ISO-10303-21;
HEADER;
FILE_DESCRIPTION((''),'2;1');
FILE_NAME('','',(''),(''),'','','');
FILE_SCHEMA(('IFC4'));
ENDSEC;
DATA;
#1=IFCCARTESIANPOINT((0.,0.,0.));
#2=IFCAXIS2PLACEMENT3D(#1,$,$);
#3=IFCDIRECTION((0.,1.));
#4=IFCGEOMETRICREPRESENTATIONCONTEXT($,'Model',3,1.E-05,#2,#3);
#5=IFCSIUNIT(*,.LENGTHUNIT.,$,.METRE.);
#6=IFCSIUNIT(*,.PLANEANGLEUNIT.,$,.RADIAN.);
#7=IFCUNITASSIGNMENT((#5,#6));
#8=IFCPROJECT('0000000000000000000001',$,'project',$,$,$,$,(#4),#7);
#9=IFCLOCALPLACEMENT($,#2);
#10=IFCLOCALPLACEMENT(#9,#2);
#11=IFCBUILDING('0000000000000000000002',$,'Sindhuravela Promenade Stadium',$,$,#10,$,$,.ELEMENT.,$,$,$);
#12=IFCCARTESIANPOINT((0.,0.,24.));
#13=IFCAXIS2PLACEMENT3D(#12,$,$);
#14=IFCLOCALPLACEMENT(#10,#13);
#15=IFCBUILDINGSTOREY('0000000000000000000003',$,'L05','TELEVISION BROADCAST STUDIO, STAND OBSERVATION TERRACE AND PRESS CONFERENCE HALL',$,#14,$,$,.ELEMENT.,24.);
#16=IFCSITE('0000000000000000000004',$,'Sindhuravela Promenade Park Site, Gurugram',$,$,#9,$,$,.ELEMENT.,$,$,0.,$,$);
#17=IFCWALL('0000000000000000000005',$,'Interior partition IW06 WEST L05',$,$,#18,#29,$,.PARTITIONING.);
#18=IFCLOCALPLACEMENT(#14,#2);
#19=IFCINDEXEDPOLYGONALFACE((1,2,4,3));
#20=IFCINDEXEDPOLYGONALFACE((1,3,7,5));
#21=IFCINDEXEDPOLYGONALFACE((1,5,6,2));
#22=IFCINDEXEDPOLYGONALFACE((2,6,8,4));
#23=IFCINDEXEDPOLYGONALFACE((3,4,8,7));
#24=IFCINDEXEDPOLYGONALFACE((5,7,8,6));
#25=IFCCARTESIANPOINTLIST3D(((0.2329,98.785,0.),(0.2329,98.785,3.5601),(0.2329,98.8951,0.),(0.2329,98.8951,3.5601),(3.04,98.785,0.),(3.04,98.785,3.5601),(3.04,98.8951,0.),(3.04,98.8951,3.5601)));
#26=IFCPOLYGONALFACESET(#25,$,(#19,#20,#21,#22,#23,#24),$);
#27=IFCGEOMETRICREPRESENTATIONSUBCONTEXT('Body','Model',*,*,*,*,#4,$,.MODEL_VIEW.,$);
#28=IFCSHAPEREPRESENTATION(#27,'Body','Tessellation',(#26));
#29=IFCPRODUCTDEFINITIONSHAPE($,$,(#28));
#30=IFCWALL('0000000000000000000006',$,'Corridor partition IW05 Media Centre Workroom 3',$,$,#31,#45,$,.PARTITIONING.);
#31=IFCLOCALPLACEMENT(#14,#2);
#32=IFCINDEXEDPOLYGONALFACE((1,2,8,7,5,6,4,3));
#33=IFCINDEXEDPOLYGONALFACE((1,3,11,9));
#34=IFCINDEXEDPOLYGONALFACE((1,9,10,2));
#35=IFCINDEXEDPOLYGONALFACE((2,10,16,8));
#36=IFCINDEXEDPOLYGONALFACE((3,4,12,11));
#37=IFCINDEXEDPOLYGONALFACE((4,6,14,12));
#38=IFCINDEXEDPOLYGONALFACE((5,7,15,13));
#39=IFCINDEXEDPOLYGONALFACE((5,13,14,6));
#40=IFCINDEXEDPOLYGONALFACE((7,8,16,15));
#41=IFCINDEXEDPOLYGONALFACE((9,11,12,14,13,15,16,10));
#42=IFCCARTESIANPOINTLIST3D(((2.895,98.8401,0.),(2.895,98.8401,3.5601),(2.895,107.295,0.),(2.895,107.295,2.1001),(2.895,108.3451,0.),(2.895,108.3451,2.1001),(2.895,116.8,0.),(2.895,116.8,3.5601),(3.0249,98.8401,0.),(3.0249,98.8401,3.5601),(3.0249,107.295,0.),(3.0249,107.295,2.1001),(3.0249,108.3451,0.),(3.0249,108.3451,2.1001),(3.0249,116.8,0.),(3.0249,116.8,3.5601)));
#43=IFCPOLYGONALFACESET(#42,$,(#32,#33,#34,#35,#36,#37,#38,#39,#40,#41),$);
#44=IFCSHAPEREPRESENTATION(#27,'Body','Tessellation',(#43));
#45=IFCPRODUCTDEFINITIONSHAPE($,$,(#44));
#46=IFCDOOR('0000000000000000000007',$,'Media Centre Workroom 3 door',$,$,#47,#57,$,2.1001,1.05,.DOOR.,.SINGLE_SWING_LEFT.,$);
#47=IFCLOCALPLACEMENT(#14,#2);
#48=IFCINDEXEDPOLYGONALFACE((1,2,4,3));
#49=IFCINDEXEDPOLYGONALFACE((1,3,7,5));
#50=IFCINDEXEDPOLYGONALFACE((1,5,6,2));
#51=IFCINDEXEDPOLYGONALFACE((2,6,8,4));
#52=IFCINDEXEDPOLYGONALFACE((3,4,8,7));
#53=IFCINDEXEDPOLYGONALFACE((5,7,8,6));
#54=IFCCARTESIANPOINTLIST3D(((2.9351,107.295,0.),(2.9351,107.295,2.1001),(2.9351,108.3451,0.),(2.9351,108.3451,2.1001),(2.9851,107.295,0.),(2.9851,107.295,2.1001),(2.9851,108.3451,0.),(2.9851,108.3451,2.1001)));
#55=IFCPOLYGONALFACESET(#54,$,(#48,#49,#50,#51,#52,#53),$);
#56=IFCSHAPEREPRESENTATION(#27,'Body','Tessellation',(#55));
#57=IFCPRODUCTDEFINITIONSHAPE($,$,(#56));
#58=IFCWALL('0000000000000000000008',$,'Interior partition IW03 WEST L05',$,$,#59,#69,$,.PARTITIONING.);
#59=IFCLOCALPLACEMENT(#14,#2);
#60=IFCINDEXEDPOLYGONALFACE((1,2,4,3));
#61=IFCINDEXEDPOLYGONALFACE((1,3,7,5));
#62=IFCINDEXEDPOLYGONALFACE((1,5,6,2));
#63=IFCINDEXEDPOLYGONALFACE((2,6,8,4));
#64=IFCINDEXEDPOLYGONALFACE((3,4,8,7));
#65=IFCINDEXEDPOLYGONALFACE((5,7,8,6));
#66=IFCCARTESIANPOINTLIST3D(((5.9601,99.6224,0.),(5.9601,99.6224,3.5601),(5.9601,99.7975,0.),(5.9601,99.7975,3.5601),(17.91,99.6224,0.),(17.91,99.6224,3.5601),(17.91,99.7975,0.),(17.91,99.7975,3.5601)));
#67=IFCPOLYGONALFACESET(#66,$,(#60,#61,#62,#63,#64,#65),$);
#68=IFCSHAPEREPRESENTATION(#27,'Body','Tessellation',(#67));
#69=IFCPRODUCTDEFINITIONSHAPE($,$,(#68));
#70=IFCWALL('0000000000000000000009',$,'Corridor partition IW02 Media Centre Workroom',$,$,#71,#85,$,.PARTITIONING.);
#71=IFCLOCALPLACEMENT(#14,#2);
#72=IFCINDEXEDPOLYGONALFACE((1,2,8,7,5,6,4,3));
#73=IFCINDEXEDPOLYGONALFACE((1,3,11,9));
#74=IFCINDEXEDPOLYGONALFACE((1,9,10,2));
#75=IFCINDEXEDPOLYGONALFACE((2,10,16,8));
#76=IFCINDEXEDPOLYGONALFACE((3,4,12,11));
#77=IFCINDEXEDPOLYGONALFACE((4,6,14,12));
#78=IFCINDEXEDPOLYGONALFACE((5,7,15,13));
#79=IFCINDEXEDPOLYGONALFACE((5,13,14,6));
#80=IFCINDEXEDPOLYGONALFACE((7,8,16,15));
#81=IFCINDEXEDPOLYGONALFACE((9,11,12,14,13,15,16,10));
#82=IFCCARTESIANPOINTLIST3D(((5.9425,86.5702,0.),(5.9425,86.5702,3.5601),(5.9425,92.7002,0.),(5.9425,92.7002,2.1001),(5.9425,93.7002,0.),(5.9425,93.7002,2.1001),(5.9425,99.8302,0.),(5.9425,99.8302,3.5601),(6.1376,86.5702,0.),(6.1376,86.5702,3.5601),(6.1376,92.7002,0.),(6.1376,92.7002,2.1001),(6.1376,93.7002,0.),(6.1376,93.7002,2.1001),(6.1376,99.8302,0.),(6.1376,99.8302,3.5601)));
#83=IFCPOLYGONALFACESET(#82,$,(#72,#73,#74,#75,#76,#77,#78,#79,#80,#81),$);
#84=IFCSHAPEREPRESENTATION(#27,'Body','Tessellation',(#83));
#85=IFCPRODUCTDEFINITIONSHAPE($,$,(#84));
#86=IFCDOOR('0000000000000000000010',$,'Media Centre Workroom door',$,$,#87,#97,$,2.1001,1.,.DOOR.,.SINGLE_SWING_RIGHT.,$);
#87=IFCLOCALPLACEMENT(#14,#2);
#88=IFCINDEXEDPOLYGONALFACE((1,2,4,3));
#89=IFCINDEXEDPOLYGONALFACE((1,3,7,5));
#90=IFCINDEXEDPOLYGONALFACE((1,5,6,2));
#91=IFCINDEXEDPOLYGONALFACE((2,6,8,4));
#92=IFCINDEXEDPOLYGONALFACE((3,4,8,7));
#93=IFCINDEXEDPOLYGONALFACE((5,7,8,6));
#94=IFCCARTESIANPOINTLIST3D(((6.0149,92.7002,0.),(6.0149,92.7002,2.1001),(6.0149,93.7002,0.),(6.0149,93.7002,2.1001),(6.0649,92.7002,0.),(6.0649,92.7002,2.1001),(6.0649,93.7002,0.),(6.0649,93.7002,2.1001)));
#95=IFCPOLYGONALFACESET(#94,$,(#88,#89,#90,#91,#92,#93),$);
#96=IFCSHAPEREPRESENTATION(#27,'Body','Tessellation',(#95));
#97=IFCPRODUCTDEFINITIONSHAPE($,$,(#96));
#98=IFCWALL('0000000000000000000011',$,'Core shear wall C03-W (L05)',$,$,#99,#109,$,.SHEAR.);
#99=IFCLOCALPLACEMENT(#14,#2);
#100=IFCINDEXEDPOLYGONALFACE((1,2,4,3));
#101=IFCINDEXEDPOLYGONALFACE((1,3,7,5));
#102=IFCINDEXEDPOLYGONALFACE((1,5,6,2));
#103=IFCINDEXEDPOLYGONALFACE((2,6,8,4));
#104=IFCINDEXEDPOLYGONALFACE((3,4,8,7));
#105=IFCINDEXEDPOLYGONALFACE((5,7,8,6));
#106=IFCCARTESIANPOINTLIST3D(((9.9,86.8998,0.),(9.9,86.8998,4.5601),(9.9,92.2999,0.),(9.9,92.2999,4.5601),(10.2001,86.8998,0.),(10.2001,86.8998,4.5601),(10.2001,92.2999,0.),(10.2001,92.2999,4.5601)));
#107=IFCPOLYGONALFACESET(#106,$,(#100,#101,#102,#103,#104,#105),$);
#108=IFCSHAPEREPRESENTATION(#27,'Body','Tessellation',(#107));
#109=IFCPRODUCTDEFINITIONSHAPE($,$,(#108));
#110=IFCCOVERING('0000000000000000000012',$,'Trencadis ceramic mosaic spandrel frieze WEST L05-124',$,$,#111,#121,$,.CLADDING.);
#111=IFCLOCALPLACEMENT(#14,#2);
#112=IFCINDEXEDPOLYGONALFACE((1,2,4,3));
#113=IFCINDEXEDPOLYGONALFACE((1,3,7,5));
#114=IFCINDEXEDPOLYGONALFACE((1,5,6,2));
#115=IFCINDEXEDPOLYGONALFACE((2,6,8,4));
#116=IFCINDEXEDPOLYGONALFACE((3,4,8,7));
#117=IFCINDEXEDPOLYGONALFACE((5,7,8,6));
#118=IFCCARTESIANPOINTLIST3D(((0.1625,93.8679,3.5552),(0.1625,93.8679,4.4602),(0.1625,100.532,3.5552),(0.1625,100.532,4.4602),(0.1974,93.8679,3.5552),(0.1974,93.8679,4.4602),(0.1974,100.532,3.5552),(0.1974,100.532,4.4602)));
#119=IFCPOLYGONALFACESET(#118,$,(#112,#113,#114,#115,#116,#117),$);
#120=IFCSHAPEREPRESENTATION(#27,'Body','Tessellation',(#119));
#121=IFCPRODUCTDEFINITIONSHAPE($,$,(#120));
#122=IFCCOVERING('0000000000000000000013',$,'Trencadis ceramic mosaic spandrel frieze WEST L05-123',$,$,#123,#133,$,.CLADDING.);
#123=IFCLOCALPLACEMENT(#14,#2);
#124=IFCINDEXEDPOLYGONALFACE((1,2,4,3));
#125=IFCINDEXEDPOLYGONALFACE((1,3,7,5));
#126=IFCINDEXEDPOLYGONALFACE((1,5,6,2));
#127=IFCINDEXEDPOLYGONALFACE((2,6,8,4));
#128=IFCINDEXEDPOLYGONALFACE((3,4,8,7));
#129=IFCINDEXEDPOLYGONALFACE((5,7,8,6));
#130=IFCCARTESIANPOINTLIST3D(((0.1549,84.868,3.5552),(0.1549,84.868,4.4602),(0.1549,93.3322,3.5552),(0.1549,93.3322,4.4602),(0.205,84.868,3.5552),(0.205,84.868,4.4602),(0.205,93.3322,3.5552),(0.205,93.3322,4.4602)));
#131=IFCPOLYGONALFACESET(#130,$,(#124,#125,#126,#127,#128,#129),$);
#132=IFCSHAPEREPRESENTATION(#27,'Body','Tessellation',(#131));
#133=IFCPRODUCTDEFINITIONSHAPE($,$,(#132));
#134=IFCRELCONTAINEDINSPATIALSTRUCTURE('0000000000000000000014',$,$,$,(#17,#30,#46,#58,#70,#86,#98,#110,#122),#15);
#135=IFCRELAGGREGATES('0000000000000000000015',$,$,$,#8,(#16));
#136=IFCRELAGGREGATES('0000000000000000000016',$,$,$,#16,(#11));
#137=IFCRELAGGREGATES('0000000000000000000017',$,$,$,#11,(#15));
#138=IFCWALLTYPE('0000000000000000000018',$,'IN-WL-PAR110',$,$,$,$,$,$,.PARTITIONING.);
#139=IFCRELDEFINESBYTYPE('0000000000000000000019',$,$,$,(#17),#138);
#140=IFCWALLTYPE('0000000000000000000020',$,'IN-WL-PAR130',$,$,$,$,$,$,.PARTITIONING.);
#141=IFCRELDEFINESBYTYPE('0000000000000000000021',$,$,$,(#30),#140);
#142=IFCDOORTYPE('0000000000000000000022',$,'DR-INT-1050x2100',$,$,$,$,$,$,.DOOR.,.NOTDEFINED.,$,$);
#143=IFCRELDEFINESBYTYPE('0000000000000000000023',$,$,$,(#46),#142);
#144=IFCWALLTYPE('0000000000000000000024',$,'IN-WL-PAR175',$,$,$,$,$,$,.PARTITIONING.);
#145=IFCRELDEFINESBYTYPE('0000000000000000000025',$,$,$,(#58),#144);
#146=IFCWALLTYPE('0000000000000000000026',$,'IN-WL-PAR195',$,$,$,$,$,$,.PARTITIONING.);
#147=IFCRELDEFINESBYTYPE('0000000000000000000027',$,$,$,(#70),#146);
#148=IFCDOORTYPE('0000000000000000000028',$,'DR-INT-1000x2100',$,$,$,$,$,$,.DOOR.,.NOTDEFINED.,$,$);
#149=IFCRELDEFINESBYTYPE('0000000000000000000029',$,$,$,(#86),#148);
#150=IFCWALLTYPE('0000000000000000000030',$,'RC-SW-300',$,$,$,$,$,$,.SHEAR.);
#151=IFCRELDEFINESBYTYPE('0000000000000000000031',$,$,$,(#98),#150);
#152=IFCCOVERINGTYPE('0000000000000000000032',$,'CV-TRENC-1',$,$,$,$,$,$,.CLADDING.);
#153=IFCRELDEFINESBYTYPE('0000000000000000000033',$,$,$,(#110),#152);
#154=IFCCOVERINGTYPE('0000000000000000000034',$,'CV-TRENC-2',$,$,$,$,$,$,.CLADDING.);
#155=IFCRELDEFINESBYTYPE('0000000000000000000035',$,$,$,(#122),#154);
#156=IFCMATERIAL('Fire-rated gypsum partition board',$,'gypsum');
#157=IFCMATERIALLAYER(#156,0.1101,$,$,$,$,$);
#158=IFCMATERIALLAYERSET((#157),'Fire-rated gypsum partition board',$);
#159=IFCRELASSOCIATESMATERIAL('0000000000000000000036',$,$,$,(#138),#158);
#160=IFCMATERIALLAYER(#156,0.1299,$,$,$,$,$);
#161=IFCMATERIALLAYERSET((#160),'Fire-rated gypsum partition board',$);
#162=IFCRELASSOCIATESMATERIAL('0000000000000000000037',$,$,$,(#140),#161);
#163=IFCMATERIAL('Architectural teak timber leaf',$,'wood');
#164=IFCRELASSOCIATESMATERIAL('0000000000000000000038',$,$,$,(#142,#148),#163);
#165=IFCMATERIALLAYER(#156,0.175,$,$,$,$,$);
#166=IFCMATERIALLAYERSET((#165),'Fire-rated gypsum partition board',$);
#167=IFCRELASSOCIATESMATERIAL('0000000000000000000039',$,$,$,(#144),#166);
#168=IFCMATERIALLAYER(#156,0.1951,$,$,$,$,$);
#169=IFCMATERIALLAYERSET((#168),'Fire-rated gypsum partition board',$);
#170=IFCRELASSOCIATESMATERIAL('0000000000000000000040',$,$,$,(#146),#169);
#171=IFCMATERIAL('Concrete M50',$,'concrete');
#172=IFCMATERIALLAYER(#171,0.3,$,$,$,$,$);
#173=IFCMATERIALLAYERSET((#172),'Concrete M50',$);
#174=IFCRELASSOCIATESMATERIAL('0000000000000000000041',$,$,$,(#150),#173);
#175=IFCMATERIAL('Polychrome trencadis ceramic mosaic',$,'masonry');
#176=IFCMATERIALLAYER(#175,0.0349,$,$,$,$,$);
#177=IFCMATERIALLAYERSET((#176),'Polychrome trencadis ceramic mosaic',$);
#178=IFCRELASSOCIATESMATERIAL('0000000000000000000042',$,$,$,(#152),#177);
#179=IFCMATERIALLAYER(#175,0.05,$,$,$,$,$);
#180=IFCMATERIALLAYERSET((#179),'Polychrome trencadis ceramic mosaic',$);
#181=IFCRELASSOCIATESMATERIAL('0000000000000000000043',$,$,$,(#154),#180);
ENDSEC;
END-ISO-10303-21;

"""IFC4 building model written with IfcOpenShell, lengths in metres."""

from ifc_helpers import new_model, si_unit, direction, frame, frame_2d, origin, origin_2d, place, context, subcontext, project, spatial, rectangle, extrude, material, layer, layer_set, type_object, element, fill, save


model = new_model("IFC4")

# Units and contexts
model_context = context("Model", 3, precision=1e-05, world=origin(), true_north=direction((0.0, 1.0)))
body_context = subcontext(model_context, "Body", "Model", "MODEL_VIEW")
ifc_project = project(units=[si_unit("LENGTHUNIT", "METRE"), si_unit("PLANEANGLEUNIT", "RADIAN")], contexts=[model_context])

# Site, building, storey
site_placement = place(None, origin())
site = spatial("IfcSite", under=ifc_project, at=site_placement, Name="Sindhuravela Promenade Park Site, Gurugram", CompositionType="ELEMENT", RefElevation=0.0)
building_placement = place(site_placement, origin())
building = spatial("IfcBuilding", under=site, at=building_placement, Name="Sindhuravela Promenade Stadium", CompositionType="ELEMENT")
storey_placement = place(building_placement, frame((0.0, 0.0, 24.0)))
storey = spatial("IfcBuildingStorey", under=building, at=storey_placement, Name="L05", Description="TELEVISION BROADCAST STUDIO, STAND OBSERVATION TERRACE AND PRESS CONFERENCE HALL", CompositionType="ELEMENT", Elevation=24.0)

# Wall
ifc_material_1 = material(Name="Fire-rated gypsum partition board", Category="gypsum")
ifc_layer_1 = layer(ifc_material_1, 0.1101)
ifc_layer_set_1 = layer_set([ifc_layer_1], Name="Fire-rated gypsum partition board")
wall_type_1 = type_object("IfcWallType", Name="IN-WL-PAR110", PredefinedType="PARTITIONING", material=ifc_layer_set_1)
wall_1_placement = place(storey_placement, frame((3.04, 98.8401, 0.0), z_axis=(0.0, 0.0, 1.0), x_axis=(-1.0, 0.0, 0.0)))
element("IfcWall", 1, at=wall_1_placement, inside=storey, type_object=wall_type_1, Name="Interior partition IW06 WEST L05", PredefinedType="PARTITIONING", context=body_context, shape_type="SweptSolid", body=[
    extrude(rectangle(XDim=2.8071, YDim=0.1101, at=frame_2d((1.4036, 0.0))), origin(), (0.0, 0.0, 1.0), 3.5601),
])

# Wall, opening, door
ifc_layer_2 = layer(ifc_material_1, 0.1299)
ifc_layer_set_2 = layer_set([ifc_layer_2], Name="Fire-rated gypsum partition board")
wall_type_2 = type_object("IfcWallType", Name="IN-WL-PAR130", PredefinedType="PARTITIONING", material=ifc_layer_set_2)
wall_2_placement = place(storey_placement, frame((2.96, 98.8401, 0.0), z_axis=(0.0, 0.0, 1.0), x_axis=(0.0, 1.0, 0.0)))
wall_2 = element("IfcWall", 2, at=wall_2_placement, inside=storey, type_object=wall_type_2, Name="Corridor partition IW05 Media Centre Workroom 3", PredefinedType="PARTITIONING", context=body_context, shape_type="SweptSolid", body=[
    extrude(rectangle(XDim=17.96, YDim=0.1299, at=frame_2d((8.98, 0.0))), origin(), (0.0, 0.0, 1.0), 3.5601),
])
opening_1_placement = place(wall_2_placement, frame((8.4551, 0.0, 0.0)))
opening_1 = element("IfcOpeningElement", 3, at=opening_1_placement, cuts=wall_2, PredefinedType="OPENING", context=body_context, shape_type="SweptSolid", body=[
    extrude(rectangle(XDim=1.05, YDim=2.1001, at=frame_2d((0.5249, 1.05))), frame((0.0, 0.075, 0.0), z_axis=(0.0, -1.0, 0.0), x_axis=(1.0, 0.0, 0.0)), (0.0, 0.0, 1.0), 0.1499),
])
ifc_material_2 = material(Name="Architectural teak timber leaf", Category="wood")
door_type_1 = type_object("IfcDoorType", Name="DR-INT-1050x2100", OperationType="NOTDEFINED", PredefinedType="DOOR", material=ifc_material_2)
door_1_placement = place(opening_1_placement, origin())
door_1 = element("IfcDoor", 4, at=door_1_placement, inside=storey, type_object=door_type_1, Name="Media Centre Workroom 3 door", OperationType="SINGLE_SWING_LEFT", OverallHeight=2.1001, OverallWidth=1.05, PredefinedType="DOOR", context=body_context, shape_type="SweptSolid", body=[
    extrude(rectangle(XDim=1.05, YDim=2.1001, at=frame_2d((0.5249, 1.05))), frame((0.0, 0.0249, 0.0), z_axis=(0.0, -1.0, 0.0), x_axis=(1.0, 0.0, 0.0)), (0.0, 0.0, 1.0), 0.05),
])
fill(opening_1, door_1)

# Wall
ifc_layer_3 = layer(ifc_material_1, 0.175)
ifc_layer_set_3 = layer_set([ifc_layer_3], Name="Fire-rated gypsum partition board")
wall_type_3 = type_object("IfcWallType", Name="IN-WL-PAR175", PredefinedType="PARTITIONING", material=ifc_layer_set_3)
wall_3_placement = place(storey_placement, frame((5.96, 99.71, 0.0), z_axis=(0.0, 0.0, 1.0), x_axis=(1.0, 0.0, 0.0)))
element("IfcWall", 5, at=wall_3_placement, inside=storey, type_object=wall_type_3, Name="Interior partition IW03 WEST L05", PredefinedType="PARTITIONING", context=body_context, shape_type="SweptSolid", body=[
    extrude(rectangle(XDim=11.95, YDim=0.175, at=frame_2d((5.9751, 0.0))), origin(), (0.0, 0.0, 1.0), 3.5601),
])

# Wall, opening, door
ifc_layer_4 = layer(ifc_material_1, 0.1951)
ifc_layer_set_4 = layer_set([ifc_layer_4], Name="Fire-rated gypsum partition board")
wall_type_4 = type_object("IfcWallType", Name="IN-WL-PAR195", PredefinedType="PARTITIONING", material=ifc_layer_set_4)
wall_4_placement = place(storey_placement, frame((6.04, 99.8301, 0.0), z_axis=(0.0, 0.0, 1.0), x_axis=(0.0, -1.0, 0.0)))
wall_4 = element("IfcWall", 6, at=wall_4_placement, inside=storey, type_object=wall_type_4, Name="Corridor partition IW02 Media Centre Workroom", PredefinedType="PARTITIONING", context=body_context, shape_type="SweptSolid", body=[
    extrude(rectangle(XDim=13.26, YDim=0.1951, at=frame_2d((6.6299, 0.0))), origin(), (0.0, 0.0, 1.0), 3.5601),
])
opening_2_placement = place(wall_4_placement, frame((6.1299, 0.0, 0.0)))
opening_2 = element("IfcOpeningElement", 7, at=opening_2_placement, cuts=wall_4, PredefinedType="OPENING", context=body_context, shape_type="SweptSolid", body=[
    extrude(rectangle(XDim=1.0, YDim=2.1001, at=frame_2d((0.5, 1.05))), frame((0.0, 0.1074, 0.0), z_axis=(0.0, -1.0, 0.0), x_axis=(1.0, 0.0, 0.0)), (0.0, 0.0, 1.0), 0.2151),
])
door_type_2 = type_object("IfcDoorType", Name="DR-INT-1000x2100", OperationType="NOTDEFINED", PredefinedType="DOOR", material=ifc_material_2)
door_2_placement = place(opening_2_placement, origin())
door_2 = element("IfcDoor", 8, at=door_2_placement, inside=storey, type_object=door_type_2, Name="Media Centre Workroom door", OperationType="SINGLE_SWING_RIGHT", OverallHeight=2.1001, OverallWidth=1.0, PredefinedType="DOOR", context=body_context, shape_type="SweptSolid", body=[
    extrude(rectangle(XDim=1.0, YDim=2.1001, at=frame_2d((0.5, 1.05))), frame((0.0, 0.0249, 0.0), z_axis=(0.0, -1.0, 0.0), x_axis=(1.0, 0.0, 0.0)), (0.0, 0.0, 1.0), 0.05),
])
fill(opening_2, door_2)

# Wall
ifc_material_3 = material(Name="Concrete M50", Category="concrete")
ifc_layer_5 = layer(ifc_material_3, 0.3)
ifc_layer_set_5 = layer_set([ifc_layer_5], Name="Concrete M50")
wall_type_5 = type_object("IfcWallType", Name="RC-SW-300", PredefinedType="SHEAR", material=ifc_layer_set_5)
wall_5_placement = place(storey_placement, frame((10.05, 92.3, 0.0), z_axis=(0.0, 0.0, 1.0), x_axis=(0.0, -1.0, 0.0)))
element("IfcWall", 9, at=wall_5_placement, inside=storey, type_object=wall_type_5, Name="Core shear wall C03-W (L05)", PredefinedType="SHEAR", context=body_context, shape_type="SweptSolid", body=[
    extrude(rectangle(XDim=5.4001, YDim=0.3, at=frame_2d((2.7002, 0.0))), origin(), (0.0, 0.0, 1.0), 4.5601),
])

# Coverings
ifc_material_4 = material(Name="Polychrome trencadis ceramic mosaic", Category="masonry")
ifc_layer_6 = layer(ifc_material_4, 0.0349)
ifc_layer_set_6 = layer_set([ifc_layer_6], Name="Polychrome trencadis ceramic mosaic")
covering_type_1 = type_object("IfcCoveringType", Name="CV-TRENC-1", PredefinedType="CLADDING", material=ifc_layer_set_6)
covering_1_placement = place(storey_placement, frame((0.1799, 97.2, 3.5552), z_axis=(0.0, 0.0, 1.0), x_axis=(0.0, 1.0, 0.0)))
element("IfcCovering", 10, at=covering_1_placement, inside=storey, type_object=covering_type_1, Name="Trencadis ceramic mosaic spandrel frieze WEST L05-124", PredefinedType="CLADDING", context=body_context, shape_type="SweptSolid", body=[
    extrude(rectangle(XDim=6.6641, YDim=0.0349, at=origin_2d()), origin(), (0.0, 0.0, 1.0), 0.905),
])
ifc_layer_7 = layer(ifc_material_4, 0.05)
ifc_layer_set_7 = layer_set([ifc_layer_7], Name="Polychrome trencadis ceramic mosaic")
covering_type_2 = type_object("IfcCoveringType", Name="CV-TRENC-2", PredefinedType="CLADDING", material=ifc_layer_set_7)
covering_2_placement = place(storey_placement, frame((0.1799, 89.1001, 3.5552), z_axis=(0.0, 0.0, 1.0), x_axis=(0.0, 1.0, 0.0)))
element("IfcCovering", 11, at=covering_2_placement, inside=storey, type_object=covering_type_2, Name="Trencadis ceramic mosaic spandrel frieze WEST L05-123", PredefinedType="CLADDING", context=body_context, shape_type="SweptSolid", body=[
    extrude(rectangle(XDim=8.4641, YDim=0.05, at=origin_2d()), origin(), (0.0, 0.0, 1.0), 0.905),
])

save(model, "model.ifc")
